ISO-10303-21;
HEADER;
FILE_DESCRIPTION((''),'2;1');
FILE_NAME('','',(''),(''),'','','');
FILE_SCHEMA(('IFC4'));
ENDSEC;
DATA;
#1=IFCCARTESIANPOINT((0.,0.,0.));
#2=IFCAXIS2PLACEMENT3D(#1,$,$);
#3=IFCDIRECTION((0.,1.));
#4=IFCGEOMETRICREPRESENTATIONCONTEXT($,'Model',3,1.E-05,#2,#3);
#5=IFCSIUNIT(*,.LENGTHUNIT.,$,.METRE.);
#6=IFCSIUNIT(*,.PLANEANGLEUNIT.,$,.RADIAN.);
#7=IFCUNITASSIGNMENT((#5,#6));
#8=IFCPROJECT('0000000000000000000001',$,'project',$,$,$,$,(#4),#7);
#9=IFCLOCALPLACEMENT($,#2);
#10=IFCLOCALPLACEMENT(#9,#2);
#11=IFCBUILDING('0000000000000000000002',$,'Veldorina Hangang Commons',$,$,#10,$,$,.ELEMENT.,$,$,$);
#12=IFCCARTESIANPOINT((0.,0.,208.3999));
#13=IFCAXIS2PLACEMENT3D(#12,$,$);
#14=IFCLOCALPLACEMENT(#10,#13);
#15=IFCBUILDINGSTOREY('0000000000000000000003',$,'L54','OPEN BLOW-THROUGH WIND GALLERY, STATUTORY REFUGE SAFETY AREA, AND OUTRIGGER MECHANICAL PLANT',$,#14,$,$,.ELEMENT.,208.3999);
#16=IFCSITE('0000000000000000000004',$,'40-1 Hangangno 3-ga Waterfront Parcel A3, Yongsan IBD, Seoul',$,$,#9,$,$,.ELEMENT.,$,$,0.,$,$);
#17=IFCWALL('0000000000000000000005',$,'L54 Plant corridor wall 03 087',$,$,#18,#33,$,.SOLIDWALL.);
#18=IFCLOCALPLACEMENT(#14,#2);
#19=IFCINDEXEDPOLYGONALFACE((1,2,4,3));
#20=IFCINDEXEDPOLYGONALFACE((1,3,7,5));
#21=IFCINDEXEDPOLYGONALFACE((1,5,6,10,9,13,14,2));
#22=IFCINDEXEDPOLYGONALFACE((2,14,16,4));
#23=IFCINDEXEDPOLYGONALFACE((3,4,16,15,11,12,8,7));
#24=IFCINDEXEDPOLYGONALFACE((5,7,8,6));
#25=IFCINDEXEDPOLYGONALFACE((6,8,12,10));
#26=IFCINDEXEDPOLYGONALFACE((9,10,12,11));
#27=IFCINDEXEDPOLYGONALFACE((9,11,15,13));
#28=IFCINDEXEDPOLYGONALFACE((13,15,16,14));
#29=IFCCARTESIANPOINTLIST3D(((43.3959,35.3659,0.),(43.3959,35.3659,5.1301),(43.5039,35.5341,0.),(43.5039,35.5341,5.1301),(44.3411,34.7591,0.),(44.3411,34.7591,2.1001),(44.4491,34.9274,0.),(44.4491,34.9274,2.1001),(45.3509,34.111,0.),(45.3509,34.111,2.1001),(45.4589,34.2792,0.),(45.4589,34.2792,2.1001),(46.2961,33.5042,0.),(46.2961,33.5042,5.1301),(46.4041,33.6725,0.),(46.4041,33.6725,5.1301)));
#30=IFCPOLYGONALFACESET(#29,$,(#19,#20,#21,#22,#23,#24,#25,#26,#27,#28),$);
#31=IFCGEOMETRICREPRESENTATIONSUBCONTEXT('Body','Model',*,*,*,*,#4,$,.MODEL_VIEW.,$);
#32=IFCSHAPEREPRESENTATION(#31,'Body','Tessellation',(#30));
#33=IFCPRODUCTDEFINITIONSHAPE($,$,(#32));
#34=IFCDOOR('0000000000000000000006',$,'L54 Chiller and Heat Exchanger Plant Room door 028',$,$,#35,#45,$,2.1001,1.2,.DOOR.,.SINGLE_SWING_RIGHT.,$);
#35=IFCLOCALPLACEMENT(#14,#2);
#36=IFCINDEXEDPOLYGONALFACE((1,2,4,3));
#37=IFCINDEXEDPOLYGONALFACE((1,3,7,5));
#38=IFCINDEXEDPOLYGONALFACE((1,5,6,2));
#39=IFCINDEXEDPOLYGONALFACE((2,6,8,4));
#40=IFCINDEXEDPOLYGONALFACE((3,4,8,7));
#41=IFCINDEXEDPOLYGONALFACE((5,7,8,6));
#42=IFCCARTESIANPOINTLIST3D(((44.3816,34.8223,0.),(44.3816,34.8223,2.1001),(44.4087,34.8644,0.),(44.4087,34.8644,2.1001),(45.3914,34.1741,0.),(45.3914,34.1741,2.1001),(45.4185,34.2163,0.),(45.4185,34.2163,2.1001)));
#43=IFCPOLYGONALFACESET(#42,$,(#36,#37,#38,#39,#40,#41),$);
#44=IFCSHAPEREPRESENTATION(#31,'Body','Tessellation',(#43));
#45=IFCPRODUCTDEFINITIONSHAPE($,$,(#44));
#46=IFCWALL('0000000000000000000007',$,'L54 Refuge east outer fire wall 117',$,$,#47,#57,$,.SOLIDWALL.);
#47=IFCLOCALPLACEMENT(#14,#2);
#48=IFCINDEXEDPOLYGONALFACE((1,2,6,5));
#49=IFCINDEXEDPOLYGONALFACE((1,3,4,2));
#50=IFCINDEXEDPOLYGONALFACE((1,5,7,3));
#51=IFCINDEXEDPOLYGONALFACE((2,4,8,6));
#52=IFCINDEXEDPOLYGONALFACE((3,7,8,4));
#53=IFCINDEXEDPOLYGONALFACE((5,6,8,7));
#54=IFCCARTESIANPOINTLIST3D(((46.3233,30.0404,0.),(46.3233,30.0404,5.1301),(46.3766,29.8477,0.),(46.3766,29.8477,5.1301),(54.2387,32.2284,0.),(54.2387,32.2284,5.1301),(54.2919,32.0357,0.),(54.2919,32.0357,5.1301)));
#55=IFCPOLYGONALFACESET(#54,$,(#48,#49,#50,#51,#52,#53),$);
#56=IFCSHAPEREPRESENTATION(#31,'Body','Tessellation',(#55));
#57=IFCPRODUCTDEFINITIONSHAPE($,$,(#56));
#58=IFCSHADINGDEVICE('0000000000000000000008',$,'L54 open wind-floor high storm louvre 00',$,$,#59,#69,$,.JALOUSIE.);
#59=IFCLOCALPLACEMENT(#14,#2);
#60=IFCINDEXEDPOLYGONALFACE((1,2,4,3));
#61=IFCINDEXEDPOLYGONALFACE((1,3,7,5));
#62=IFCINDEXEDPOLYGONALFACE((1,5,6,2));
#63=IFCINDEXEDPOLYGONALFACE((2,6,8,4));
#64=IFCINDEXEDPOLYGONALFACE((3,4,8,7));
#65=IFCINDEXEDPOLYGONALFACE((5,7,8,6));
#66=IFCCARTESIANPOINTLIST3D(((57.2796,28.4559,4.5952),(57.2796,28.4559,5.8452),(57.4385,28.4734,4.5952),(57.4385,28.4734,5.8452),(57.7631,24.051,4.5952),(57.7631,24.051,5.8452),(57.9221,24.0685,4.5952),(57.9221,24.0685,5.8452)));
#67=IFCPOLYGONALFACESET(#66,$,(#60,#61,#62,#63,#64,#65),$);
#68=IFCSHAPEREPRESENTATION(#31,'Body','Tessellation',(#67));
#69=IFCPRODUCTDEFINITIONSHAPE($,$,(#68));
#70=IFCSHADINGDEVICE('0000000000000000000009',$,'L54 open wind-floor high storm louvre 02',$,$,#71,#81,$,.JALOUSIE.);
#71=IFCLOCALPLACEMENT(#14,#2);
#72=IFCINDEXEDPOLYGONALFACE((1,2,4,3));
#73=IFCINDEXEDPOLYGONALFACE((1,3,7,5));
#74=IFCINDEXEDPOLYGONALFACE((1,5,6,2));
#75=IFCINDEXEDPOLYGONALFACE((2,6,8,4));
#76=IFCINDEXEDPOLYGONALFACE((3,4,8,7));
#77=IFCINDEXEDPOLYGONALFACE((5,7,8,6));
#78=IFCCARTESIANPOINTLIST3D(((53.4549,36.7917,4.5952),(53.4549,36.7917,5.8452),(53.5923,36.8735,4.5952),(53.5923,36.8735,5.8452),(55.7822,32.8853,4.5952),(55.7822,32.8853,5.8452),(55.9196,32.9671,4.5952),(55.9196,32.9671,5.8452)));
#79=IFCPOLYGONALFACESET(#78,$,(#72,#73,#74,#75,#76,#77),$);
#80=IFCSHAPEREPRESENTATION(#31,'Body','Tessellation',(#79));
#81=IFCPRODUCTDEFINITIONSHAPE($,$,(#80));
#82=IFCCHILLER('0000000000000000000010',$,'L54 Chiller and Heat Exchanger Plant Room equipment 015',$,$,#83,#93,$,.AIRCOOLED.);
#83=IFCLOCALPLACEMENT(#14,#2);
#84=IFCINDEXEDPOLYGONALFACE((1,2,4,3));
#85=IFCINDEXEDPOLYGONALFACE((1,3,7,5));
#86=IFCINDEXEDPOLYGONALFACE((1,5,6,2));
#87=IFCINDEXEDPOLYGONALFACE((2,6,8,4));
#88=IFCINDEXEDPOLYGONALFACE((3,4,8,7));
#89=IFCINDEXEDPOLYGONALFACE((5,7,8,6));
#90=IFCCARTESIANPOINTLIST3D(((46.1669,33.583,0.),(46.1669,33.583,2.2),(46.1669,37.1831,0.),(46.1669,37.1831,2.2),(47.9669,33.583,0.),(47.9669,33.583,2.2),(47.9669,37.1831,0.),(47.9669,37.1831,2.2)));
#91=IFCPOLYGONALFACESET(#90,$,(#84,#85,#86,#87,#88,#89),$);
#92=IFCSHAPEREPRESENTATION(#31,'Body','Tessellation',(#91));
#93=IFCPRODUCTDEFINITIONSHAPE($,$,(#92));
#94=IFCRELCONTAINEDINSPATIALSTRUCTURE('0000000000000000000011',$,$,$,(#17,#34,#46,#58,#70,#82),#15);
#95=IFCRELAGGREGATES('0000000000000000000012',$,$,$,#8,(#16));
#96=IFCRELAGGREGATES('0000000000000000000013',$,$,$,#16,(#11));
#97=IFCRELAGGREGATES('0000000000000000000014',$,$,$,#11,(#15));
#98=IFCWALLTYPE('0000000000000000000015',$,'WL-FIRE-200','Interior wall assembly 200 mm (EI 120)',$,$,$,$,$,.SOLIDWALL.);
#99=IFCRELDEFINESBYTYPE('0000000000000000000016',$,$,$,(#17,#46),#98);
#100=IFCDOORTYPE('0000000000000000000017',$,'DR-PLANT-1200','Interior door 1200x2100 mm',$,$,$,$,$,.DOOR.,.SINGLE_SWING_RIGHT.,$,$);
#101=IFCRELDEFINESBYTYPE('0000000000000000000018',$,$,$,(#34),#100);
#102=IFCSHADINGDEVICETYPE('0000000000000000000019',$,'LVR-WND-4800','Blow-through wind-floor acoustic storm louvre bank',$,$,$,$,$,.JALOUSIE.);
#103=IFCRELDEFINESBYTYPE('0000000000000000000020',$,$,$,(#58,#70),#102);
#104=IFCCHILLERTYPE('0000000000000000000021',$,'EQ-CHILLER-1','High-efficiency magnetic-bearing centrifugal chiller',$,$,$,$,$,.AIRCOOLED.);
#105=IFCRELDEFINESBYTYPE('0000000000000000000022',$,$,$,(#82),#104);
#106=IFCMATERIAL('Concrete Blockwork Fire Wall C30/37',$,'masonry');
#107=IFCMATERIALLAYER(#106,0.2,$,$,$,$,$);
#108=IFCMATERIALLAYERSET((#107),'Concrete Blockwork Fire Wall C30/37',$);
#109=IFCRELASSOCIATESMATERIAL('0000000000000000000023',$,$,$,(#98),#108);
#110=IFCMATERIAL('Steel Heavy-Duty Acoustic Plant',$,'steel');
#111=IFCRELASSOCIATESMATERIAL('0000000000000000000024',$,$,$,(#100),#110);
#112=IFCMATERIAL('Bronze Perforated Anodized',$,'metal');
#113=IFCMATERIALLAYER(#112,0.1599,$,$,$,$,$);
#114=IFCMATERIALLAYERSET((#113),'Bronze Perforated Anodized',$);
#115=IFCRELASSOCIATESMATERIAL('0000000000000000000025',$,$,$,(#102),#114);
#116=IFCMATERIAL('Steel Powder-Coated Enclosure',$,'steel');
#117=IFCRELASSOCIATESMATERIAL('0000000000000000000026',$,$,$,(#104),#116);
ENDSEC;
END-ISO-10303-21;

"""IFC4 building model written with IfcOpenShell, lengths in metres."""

from ifc_helpers import new_model, si_unit, direction, frame, frame_2d, origin, origin_2d, place, context, subcontext, project, spatial, rectangle, extrude, material, layer, layer_set, type_object, element, fill, save


model = new_model("IFC4")

# Units and contexts
model_context = context("Model", 3, precision=1e-05, world=origin(), true_north=direction((0.0, 1.0)))
body_context = subcontext(model_context, "Body", "Model", "MODEL_VIEW")
ifc_project = project(units=[si_unit("LENGTHUNIT", "METRE"), si_unit("PLANEANGLEUNIT", "RADIAN")], contexts=[model_context])

# Site, building, storey
site_placement = place(None, origin())
site = spatial("IfcSite", under=ifc_project, at=site_placement, Name="40-1 Hangangno 3-ga Waterfront Parcel A3, Yongsan IBD, Seoul", CompositionType="ELEMENT", RefElevation=0.0)
building_placement = place(site_placement, origin())
building = spatial("IfcBuilding", under=site, at=building_placement, Name="Veldorina Hangang Commons", CompositionType="ELEMENT")
storey_placement = place(building_placement, frame((0.0, 0.0, 208.3999)))
storey = spatial("IfcBuildingStorey", under=building, at=storey_placement, Name="L54", Description="OPEN BLOW-THROUGH WIND GALLERY, STATUTORY REFUGE SAFETY AREA, AND OUTRIGGER MECHANICAL PLANT", CompositionType="ELEMENT", Elevation=208.3999)

# Shared definitions
ifc_material_1 = material(Name="Concrete Blockwork Fire Wall C30/37", Category="masonry")
ifc_layer_1 = layer(ifc_material_1, 0.2)
ifc_layer_set_1 = layer_set([ifc_layer_1], Name="Concrete Blockwork Fire Wall C30/37")
wall_type = type_object("IfcWallType", Name="WL-FIRE-200", Description="Interior wall assembly 200 mm (EI 120)", PredefinedType="SOLIDWALL", material=ifc_layer_set_1)

# Wall, opening, door
wall_1_placement = place(storey_placement, frame((46.3501, 33.5884, 0.0), z_axis=(0.0, 0.0, 1.0), x_axis=(-0.841549, 0.540181, 0.0)))
wall_1 = element("IfcWall", 1, at=wall_1_placement, inside=storey, type_object=wall_type, Name="L54 Plant corridor wall 03 087", PredefinedType="SOLIDWALL", context=body_context, shape_type="SweptSolid", body=[
    extrude(rectangle(XDim=3.4463, YDim=0.2, at=frame_2d((1.7231, 0.0))), origin(), (0.0, 0.0, 1.0), 5.1301),
])
opening_1_placement = place(wall_1_placement, frame((1.123, 0.0, 0.0)))
opening_1 = element("IfcOpeningElement", 2, at=opening_1_placement, cuts=wall_1, PredefinedType="OPENING", context=body_context, shape_type="SweptSolid", body=[
    extrude(rectangle(XDim=1.2, YDim=2.1001, at=frame_2d((0.6001, 1.05))), frame((0.0, 0.1099, 0.0), z_axis=(0.0, -1.0, 0.0), x_axis=(1.0, 0.0, 0.0)), (0.0, 0.0, 1.0), 0.22),
])
ifc_material_2 = material(Name="Steel Heavy-Duty Acoustic Plant", Category="steel")
door_type_1 = type_object("IfcDoorType", Name="DR-PLANT-1200", Description="Interior door 1200x2100 mm", OperationType="SINGLE_SWING_RIGHT", PredefinedType="DOOR", material=ifc_material_2)
door_1_placement = place(opening_1_placement, origin())
door_1 = element("IfcDoor", 3, at=door_1_placement, inside=storey, type_object=door_type_1, Name="L54 Chiller and Heat Exchanger Plant Room door 028", OperationType="SINGLE_SWING_RIGHT", OverallHeight=2.1001, OverallWidth=1.2, PredefinedType="DOOR", context=body_context, shape_type="SweptSolid", body=[
    extrude(rectangle(XDim=1.2, YDim=2.1001, at=frame_2d((0.6001, 1.05))), frame((0.0, 0.0249, 0.0), z_axis=(0.0, -1.0, 0.0), x_axis=(1.0, 0.0, 0.0)), (0.0, 0.0, 1.0), 0.05),
])
fill(opening_1, door_1)

# Wall
wall_2_placement = place(storey_placement, frame((46.3501, 29.9441, 0.0), z_axis=(0.0, 0.0, 1.0), x_axis=(0.963853, 0.266434, 0.0)))
element("IfcWall", 4, at=wall_2_placement, inside=storey, type_object=wall_type, Name="L54 Refuge east outer fire wall 117", PredefinedType="SOLIDWALL", context=body_context, shape_type="SweptSolid", body=[
    extrude(rectangle(XDim=8.2122, YDim=0.2, at=frame_2d((4.106, 0.0))), origin(), (0.0, 0.0, 1.0), 5.1301),
])

# Shading devices
ifc_material_3 = material(Name="Bronze Perforated Anodized", Category="metal")
ifc_layer_2 = layer(ifc_material_3, 0.1599)
ifc_layer_set_2 = layer_set([ifc_layer_2], Name="Bronze Perforated Anodized")
shading_device_type = type_object("IfcShadingDeviceType", Name="LVR-WND-4800", Description="Blow-through wind-floor acoustic storm louvre bank", PredefinedType="JALOUSIE", material=ifc_layer_set_2)
shading_device_1_placement = place(storey_placement, frame((57.6008, 26.2622, 4.5952), z_axis=(0.0, 0.0, 1.0), x_axis=(-0.109127, 0.994028, 0.0)))
element("IfcShadingDevice", 5, at=shading_device_1_placement, inside=storey, type_object=shading_device_type, Name="L54 open wind-floor high storm louvre 00", PredefinedType="JALOUSIE", context=body_context, shape_type="SweptSolid", body=[
    extrude(rectangle(XDim=4.4314, YDim=0.1599, at=origin_2d()), origin(), (0.0, 0.0, 1.0), 1.25),
])
shading_device_2_placement = place(storey_placement, frame((54.6873, 34.8794, 4.5952), z_axis=(0.0, 0.0, 1.0), x_axis=(-0.511818, 0.859094, 0.0)))
element("IfcShadingDevice", 6, at=shading_device_2_placement, inside=storey, type_object=shading_device_type, Name="L54 open wind-floor high storm louvre 02", PredefinedType="JALOUSIE", context=body_context, shape_type="SweptSolid", body=[
    extrude(rectangle(XDim=4.5471, YDim=0.1599, at=origin_2d()), origin(), (0.0, 0.0, 1.0), 1.25),
])

# Chiller
ifc_material_4 = material(Name="Steel Powder-Coated Enclosure", Category="steel")
chiller_type = type_object("IfcChillerType", Name="EQ-CHILLER-1", Description="High-efficiency magnetic-bearing centrifugal chiller", PredefinedType="AIRCOOLED", material=ifc_material_4)
chiller_placement = place(storey_placement, frame((47.0669, 35.3831, 0.0), z_axis=(0.0, 0.0, 1.0), x_axis=(1.0, 0.0, 0.0)))
element("IfcChiller", 7, at=chiller_placement, inside=storey, type_object=chiller_type, Name="L54 Chiller and Heat Exchanger Plant Room equipment 015", PredefinedType="AIRCOOLED", context=body_context, shape_type="SweptSolid", body=[
    extrude(rectangle(XDim=1.8, YDim=3.6001, at=origin_2d()), origin(), (0.0, 0.0, 1.0), 2.2),
])

save(model, "model.ifc")
